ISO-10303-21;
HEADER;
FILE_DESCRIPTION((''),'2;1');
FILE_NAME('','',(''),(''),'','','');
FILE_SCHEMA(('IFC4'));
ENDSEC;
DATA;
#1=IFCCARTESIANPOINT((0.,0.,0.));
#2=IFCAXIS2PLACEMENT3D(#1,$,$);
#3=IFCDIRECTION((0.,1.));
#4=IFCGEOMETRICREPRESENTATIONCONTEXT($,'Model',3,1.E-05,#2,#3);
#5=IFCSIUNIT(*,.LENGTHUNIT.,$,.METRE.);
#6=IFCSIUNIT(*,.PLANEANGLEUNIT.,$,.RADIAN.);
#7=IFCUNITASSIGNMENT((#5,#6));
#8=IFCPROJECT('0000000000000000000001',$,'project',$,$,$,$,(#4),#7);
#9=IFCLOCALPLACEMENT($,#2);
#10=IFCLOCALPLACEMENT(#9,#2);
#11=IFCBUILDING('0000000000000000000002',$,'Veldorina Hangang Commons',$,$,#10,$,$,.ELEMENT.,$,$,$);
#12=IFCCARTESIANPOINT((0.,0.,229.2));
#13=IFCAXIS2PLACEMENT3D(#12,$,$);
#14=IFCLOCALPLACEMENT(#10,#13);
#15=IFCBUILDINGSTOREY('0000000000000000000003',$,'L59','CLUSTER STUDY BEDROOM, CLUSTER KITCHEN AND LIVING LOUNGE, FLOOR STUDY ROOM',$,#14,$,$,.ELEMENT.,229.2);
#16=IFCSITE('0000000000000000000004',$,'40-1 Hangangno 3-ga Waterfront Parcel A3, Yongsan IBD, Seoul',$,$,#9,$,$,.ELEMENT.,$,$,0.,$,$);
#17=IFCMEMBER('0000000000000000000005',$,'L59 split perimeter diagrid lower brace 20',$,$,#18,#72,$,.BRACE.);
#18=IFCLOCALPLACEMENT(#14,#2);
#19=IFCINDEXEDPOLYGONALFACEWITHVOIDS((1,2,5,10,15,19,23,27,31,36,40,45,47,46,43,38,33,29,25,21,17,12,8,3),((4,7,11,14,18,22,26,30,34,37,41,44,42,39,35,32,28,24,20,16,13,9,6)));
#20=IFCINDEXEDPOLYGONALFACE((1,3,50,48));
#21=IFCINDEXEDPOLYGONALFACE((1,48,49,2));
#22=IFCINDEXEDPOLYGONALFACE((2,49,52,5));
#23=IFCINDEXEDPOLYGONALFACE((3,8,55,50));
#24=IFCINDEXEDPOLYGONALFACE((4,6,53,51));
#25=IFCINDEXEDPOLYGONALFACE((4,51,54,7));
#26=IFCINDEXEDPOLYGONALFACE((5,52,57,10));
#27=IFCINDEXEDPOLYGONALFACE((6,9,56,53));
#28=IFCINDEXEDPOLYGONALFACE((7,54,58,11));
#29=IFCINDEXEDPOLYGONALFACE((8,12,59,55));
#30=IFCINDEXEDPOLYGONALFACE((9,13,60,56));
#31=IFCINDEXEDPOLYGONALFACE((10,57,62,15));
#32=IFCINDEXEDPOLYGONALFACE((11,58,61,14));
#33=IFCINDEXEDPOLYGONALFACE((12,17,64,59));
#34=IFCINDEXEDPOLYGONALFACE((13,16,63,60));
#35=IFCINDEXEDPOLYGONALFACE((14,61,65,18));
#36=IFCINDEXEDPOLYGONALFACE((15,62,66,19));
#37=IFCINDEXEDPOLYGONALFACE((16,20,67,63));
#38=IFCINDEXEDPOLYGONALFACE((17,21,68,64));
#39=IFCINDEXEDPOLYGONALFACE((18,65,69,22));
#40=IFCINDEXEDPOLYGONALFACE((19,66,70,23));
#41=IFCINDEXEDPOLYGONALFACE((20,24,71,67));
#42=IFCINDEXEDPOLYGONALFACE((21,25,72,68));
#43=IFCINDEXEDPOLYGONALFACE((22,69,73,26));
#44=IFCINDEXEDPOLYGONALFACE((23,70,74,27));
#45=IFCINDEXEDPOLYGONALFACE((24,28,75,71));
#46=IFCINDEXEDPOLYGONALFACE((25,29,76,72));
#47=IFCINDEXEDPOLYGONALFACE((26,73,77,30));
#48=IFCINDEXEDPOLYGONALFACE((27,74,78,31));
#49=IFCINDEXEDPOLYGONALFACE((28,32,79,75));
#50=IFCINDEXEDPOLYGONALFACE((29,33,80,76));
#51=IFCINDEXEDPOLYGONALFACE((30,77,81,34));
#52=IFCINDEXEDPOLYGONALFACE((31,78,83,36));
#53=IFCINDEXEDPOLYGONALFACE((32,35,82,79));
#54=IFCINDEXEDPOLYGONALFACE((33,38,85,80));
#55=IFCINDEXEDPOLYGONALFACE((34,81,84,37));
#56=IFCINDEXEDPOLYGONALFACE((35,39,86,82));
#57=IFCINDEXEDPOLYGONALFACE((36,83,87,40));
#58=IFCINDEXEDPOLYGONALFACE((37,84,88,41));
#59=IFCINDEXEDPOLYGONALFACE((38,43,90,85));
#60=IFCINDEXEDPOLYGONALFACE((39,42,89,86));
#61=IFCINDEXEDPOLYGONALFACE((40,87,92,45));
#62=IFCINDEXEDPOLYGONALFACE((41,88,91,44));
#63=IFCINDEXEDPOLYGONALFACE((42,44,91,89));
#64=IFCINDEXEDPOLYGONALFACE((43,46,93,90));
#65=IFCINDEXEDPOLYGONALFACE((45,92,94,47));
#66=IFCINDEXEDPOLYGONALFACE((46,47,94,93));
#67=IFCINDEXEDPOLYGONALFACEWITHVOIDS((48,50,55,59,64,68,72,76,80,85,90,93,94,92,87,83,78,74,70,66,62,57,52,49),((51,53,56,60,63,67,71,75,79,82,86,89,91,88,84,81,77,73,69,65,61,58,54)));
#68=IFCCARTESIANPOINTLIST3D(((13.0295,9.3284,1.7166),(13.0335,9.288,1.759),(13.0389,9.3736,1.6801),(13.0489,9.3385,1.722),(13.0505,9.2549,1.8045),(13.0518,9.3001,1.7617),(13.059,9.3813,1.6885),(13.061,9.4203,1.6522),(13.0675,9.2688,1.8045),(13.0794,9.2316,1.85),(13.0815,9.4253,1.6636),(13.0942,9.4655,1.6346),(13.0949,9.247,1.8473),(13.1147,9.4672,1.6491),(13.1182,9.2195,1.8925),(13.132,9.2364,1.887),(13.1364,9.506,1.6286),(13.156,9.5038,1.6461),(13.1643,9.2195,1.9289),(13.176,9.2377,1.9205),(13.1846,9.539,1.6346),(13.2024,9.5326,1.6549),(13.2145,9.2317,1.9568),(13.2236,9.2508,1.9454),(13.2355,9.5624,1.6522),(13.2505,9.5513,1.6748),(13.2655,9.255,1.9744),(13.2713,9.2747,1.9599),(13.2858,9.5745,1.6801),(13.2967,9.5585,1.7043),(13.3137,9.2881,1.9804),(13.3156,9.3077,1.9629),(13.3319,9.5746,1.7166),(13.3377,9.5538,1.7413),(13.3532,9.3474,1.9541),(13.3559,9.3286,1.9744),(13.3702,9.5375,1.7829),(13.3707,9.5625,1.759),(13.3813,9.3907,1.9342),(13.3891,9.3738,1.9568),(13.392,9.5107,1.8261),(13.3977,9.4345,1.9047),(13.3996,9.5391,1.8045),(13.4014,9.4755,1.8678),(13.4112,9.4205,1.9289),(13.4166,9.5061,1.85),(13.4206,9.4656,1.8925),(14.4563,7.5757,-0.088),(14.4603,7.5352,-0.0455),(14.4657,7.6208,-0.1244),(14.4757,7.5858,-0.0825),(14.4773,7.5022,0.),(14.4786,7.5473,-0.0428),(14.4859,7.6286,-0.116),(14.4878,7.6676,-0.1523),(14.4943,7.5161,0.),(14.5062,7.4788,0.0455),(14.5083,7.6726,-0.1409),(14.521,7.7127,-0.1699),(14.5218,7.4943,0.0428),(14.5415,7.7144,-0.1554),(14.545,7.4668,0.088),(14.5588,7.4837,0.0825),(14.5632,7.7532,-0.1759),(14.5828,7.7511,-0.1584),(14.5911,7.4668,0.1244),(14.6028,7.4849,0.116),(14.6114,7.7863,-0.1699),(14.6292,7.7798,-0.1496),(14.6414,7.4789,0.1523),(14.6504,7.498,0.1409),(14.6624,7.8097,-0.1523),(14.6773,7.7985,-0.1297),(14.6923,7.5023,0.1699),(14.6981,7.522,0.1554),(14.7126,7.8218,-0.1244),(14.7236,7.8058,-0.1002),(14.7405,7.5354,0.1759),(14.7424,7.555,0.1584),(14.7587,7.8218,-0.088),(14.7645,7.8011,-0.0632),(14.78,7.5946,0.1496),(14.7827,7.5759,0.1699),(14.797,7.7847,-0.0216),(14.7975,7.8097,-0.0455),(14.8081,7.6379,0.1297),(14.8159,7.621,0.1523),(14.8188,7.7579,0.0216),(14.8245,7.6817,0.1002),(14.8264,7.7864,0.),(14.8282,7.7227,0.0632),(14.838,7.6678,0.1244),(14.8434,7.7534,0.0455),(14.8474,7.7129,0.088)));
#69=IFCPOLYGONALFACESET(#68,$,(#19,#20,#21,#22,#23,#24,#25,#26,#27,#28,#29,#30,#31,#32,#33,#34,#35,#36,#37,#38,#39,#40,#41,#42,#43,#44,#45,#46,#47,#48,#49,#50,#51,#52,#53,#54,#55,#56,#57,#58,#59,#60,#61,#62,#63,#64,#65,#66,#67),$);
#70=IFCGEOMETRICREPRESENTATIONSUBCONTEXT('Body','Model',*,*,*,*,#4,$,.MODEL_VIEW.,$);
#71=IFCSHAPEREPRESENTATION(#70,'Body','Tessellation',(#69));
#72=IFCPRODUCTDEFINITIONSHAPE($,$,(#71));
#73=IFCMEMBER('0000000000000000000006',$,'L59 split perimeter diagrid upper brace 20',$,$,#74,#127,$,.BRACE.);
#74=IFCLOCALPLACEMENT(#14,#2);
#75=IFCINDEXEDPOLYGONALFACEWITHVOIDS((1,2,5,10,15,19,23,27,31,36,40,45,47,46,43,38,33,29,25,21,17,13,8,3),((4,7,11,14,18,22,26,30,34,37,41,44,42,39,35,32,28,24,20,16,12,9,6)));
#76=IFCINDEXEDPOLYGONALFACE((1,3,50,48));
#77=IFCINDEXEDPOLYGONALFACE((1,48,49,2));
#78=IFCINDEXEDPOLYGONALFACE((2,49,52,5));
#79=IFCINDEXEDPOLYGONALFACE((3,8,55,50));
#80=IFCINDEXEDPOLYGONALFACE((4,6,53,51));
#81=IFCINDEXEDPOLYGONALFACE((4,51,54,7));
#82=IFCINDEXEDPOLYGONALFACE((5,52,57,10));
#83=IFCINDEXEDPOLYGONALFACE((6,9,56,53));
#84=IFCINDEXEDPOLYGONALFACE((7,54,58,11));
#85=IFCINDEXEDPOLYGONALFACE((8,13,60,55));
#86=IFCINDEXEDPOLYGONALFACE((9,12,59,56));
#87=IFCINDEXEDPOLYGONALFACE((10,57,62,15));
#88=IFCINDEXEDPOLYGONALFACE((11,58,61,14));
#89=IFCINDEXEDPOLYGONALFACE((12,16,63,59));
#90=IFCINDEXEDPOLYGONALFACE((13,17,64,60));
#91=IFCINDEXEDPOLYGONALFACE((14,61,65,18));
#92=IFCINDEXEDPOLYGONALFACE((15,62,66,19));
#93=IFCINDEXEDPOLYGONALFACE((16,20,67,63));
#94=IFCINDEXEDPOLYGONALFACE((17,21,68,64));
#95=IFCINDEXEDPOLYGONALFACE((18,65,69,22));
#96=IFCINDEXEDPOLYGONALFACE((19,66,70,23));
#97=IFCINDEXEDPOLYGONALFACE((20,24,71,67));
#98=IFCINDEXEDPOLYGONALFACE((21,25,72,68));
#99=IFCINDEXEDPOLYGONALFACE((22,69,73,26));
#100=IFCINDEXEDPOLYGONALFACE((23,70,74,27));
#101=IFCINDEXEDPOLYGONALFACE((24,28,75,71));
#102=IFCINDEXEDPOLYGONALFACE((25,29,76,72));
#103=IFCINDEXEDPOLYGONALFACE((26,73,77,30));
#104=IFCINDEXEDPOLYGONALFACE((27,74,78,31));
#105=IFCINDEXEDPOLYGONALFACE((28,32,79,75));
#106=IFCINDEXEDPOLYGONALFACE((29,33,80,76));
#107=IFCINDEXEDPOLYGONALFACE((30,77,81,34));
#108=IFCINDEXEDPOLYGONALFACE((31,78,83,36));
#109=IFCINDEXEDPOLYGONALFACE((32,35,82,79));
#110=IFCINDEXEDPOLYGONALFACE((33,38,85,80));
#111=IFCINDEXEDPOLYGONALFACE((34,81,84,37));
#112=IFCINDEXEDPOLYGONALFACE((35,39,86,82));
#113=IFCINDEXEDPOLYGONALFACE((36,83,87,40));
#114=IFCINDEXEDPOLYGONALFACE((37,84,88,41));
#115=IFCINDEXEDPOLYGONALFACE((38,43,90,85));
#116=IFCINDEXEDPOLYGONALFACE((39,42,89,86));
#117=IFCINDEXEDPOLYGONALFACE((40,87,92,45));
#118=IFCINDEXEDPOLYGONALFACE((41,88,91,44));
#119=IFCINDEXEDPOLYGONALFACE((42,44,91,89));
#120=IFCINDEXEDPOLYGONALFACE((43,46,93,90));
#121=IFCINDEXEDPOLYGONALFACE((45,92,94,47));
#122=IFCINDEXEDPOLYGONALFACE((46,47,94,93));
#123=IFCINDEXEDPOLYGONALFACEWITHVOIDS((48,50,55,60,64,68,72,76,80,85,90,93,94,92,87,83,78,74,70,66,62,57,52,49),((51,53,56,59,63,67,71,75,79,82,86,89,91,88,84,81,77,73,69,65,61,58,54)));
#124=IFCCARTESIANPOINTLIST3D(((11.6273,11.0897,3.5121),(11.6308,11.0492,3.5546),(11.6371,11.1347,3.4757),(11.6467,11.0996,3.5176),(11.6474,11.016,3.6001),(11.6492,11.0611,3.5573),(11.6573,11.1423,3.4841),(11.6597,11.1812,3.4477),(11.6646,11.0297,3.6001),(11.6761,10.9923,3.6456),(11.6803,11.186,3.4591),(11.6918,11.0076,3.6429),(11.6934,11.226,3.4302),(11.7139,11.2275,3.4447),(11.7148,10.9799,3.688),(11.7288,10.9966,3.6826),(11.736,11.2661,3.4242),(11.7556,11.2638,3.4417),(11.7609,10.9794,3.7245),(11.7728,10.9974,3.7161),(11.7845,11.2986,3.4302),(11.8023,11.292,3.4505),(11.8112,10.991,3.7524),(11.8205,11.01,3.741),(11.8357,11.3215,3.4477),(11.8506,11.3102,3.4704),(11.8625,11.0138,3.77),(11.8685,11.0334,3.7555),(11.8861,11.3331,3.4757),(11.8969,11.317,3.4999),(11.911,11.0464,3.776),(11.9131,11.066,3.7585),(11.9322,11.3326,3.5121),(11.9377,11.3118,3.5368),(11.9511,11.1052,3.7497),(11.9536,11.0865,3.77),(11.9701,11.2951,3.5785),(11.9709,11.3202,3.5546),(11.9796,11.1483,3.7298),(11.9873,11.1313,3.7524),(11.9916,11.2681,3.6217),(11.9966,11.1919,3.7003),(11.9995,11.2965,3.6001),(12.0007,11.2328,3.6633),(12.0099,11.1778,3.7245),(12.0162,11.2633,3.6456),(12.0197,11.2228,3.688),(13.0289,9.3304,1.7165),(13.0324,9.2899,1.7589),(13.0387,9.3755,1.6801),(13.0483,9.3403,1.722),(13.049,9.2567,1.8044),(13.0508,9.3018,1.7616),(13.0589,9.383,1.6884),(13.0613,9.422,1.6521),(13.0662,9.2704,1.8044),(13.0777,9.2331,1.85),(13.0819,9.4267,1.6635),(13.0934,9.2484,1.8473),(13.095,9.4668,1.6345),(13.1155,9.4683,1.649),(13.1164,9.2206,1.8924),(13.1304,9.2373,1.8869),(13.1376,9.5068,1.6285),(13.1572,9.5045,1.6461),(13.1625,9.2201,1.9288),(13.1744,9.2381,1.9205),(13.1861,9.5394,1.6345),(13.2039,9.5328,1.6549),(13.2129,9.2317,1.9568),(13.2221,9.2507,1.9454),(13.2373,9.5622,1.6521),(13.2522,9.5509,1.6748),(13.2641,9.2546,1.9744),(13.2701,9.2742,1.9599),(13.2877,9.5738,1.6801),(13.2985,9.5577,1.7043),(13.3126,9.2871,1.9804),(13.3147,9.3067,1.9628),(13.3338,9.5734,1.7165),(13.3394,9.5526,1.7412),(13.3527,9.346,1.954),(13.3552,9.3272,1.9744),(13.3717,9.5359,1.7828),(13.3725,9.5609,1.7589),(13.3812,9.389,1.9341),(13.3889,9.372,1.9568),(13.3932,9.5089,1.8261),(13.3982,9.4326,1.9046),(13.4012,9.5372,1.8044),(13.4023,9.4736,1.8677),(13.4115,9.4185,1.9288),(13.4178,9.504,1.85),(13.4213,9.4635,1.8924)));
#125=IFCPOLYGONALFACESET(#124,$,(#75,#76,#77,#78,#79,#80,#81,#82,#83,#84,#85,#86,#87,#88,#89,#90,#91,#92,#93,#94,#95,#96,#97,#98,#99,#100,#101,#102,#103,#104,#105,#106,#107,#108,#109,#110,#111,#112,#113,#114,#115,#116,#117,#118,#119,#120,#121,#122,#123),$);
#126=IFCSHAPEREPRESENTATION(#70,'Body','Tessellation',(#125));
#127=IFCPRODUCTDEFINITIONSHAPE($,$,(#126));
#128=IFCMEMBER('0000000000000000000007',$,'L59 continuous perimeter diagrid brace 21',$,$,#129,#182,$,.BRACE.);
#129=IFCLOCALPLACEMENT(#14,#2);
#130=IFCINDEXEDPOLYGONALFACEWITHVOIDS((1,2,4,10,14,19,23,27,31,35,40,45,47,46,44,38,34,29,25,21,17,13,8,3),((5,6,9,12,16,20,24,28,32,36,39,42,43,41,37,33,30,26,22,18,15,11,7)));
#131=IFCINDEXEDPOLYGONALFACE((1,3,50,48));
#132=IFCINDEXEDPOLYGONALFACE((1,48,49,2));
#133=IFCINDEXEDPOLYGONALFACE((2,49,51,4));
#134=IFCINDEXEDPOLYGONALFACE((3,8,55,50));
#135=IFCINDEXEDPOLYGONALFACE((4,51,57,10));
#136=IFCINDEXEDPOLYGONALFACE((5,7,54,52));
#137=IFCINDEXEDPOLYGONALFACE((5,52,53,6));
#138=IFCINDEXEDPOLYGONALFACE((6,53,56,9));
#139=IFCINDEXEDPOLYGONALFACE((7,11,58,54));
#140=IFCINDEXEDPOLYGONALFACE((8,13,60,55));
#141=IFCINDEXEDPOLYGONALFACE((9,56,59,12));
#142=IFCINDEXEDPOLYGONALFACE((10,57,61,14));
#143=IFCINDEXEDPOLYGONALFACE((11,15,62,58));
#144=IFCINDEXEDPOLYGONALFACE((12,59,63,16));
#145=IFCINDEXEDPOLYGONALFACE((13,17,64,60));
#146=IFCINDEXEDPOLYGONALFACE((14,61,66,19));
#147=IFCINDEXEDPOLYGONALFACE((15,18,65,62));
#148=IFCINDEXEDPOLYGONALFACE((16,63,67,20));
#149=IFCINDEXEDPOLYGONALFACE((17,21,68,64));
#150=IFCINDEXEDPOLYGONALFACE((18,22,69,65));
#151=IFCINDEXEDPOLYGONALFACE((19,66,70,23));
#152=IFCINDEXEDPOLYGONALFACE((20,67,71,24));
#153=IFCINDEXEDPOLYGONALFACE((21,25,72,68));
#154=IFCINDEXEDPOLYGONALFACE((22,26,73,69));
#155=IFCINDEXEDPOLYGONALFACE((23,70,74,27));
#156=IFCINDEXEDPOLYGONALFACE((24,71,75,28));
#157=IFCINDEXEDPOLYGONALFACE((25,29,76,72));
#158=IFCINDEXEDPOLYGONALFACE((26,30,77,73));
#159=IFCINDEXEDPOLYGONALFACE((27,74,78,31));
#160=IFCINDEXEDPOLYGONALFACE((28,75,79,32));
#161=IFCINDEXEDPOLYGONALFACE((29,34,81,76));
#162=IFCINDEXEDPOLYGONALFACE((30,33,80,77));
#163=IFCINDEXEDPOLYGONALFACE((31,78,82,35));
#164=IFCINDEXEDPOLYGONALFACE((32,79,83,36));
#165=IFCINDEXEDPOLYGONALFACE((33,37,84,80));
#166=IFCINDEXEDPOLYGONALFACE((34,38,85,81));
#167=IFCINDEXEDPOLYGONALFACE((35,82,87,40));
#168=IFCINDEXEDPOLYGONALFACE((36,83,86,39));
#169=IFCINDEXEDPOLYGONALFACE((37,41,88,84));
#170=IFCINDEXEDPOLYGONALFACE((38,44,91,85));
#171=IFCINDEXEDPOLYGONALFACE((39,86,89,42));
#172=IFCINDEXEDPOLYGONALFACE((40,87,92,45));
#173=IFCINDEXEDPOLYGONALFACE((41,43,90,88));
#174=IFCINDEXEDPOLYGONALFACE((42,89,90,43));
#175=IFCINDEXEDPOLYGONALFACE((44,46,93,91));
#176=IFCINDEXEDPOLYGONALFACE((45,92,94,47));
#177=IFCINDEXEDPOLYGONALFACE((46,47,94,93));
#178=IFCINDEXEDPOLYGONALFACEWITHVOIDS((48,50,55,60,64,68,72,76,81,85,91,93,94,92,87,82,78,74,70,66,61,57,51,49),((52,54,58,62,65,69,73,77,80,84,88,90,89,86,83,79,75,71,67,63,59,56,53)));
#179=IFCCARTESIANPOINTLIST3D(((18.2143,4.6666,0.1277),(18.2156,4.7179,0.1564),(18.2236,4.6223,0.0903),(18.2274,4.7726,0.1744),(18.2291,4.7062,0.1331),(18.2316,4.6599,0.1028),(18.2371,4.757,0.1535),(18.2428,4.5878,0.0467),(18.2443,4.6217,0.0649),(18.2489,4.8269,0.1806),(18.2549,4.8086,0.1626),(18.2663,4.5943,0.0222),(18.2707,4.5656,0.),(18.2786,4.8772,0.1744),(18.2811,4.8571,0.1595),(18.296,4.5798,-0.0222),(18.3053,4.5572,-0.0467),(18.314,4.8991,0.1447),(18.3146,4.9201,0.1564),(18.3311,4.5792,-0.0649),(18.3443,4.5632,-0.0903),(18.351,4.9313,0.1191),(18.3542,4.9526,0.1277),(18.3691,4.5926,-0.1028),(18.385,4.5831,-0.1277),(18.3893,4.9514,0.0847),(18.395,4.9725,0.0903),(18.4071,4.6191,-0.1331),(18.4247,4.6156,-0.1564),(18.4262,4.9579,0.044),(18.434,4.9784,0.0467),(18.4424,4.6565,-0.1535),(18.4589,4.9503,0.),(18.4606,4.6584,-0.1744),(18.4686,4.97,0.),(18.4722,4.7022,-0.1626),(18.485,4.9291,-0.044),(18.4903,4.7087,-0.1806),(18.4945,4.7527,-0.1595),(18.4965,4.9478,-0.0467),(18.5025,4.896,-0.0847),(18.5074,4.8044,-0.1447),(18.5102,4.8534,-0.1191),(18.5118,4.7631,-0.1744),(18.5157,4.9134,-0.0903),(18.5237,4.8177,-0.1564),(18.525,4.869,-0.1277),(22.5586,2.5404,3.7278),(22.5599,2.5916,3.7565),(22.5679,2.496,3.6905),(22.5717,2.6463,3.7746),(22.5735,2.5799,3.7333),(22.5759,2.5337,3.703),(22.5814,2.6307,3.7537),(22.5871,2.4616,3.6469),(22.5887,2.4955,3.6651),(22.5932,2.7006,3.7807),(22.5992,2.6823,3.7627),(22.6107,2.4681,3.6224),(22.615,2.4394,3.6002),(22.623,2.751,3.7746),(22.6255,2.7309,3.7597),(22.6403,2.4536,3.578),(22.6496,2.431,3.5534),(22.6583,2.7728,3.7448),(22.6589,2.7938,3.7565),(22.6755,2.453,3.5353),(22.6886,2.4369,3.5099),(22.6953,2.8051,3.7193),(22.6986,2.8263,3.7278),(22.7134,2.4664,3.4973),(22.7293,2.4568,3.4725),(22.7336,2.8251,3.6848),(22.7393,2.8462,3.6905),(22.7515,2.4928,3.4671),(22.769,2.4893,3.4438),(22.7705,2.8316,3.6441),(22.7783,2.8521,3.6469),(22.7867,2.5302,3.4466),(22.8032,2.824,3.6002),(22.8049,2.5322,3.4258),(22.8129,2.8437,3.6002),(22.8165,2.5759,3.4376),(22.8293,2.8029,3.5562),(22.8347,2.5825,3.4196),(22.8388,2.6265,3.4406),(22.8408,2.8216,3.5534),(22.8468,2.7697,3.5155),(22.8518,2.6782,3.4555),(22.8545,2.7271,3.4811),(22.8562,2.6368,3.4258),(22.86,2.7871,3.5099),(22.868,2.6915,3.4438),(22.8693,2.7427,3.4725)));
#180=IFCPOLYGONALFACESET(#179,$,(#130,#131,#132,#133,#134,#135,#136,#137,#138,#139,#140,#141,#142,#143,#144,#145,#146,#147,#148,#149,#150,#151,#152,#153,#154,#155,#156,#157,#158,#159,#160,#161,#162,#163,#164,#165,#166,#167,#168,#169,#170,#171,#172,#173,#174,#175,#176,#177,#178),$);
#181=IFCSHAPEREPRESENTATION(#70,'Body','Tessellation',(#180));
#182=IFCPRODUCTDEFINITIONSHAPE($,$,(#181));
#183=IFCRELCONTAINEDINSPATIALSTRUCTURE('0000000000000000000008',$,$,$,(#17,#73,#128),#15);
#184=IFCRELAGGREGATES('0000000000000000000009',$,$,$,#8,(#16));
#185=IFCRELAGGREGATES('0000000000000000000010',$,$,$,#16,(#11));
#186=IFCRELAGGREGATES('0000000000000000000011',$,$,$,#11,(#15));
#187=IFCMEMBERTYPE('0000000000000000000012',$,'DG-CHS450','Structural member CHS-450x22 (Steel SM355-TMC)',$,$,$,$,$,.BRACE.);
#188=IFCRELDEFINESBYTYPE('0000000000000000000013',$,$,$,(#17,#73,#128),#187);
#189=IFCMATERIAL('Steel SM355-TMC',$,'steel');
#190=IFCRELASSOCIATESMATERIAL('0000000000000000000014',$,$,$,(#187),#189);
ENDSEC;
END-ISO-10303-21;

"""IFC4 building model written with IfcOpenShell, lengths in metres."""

from ifc_helpers import new_model, si_unit, direction, frame, origin, origin_2d, place, context, subcontext, project, spatial, hollow_circle, extrude, material, material_profile, profile_set, type_object, element, save


model = new_model("IFC4")

# Units and contexts
model_context = context("Model", 3, precision=1e-05, world=origin(), true_north=direction((0.0, 1.0)))
body_context = subcontext(model_context, "Body", "Model", "MODEL_VIEW")
ifc_project = project(units=[si_unit("LENGTHUNIT", "METRE"), si_unit("PLANEANGLEUNIT", "RADIAN")], contexts=[model_context])

# Site, building, storey
site_placement = place(None, origin())
site = spatial("IfcSite", under=ifc_project, at=site_placement, Name="40-1 Hangangno 3-ga Waterfront Parcel A3, Yongsan IBD, Seoul", CompositionType="ELEMENT", RefElevation=0.0)
building_placement = place(site_placement, origin())
building = spatial("IfcBuilding", under=site, at=building_placement, Name="Veldorina Hangang Commons", CompositionType="ELEMENT")
storey_placement = place(building_placement, frame((0.0, 0.0, 229.2)))
storey = spatial("IfcBuildingStorey", under=building, at=storey_placement, Name="L59", Description="CLUSTER STUDY BEDROOM, CLUSTER KITCHEN AND LIVING LOUNGE, FLOOR STUDY ROOM", CompositionType="ELEMENT", Elevation=229.2)

# Shared definitions
ifc_material_1 = material(Name="Steel SM355-TMC", Category="steel")

# Members
ifc_material_profile_1 = material_profile(ifc_material_1, hollow_circle(Radius=0.2251, WallThickness=0.022, at=origin_2d()), Name="CHS-450x22")
ifc_profile_set_1 = profile_set([ifc_material_profile_1], Name="Steel SM355-TMC")
member_type_1 = type_object("IfcMemberType", Name="DG-CHS450", Description="Structural member CHS-450x22 (Steel SM355-TMC)", PredefinedType="BRACE", material=ifc_profile_set_1)
member_1_placement = place(storey_placement, frame((14.6519, 7.6443, 0.0), z_axis=(-0.493349, 0.60605, 0.623947), x_axis=(-0.775529, -0.631312, 0.0)))
element("IfcMember", 1, at=member_1_placement, inside=storey, type_object=member_type_1, Name="L59 split perimeter diagrid lower brace 20", PredefinedType="BRACE", context=body_context, shape_type="SweptSolid", body=[
    extrude(hollow_circle(Radius=0.2251, WallThickness=0.022, at=origin_2d()), origin(), (0.0, 0.0, 1.0), 2.8921),
])
member_2_placement = place(storey_placement, frame((13.2251, 9.397, 1.8044), z_axis=(-0.486978, 0.611246, 0.623884), x_axis=(-0.782127, -0.623119, 0.0)))
element("IfcMember", 2, at=member_2_placement, inside=storey, type_object=member_type_1, Name="L59 split perimeter diagrid upper brace 20", PredefinedType="BRACE", context=body_context, shape_type="SweptSolid", body=[
    extrude(hollow_circle(Radius=0.2251, WallThickness=0.022, at=origin_2d()), origin(), (0.0, 0.0, 1.0), 2.8782),
])
member_3_placement = place(storey_placement, frame((18.3696, 4.7678, 0.0), z_axis=(0.720507, -0.352641, 0.597088), x_axis=(0.439606, 0.898191, 0.0)))
element("IfcMember", 3, at=member_3_placement, inside=storey, type_object=member_type_1, Name="L59 continuous perimeter diagrid brace 21", PredefinedType="BRACE", context=body_context, shape_type="SweptSolid", body=[
    extrude(hollow_circle(Radius=0.2251, WallThickness=0.022, at=origin_2d()), origin(), (0.0, 0.0, 1.0), 6.0295),
])

save(model, "model.ifc")
